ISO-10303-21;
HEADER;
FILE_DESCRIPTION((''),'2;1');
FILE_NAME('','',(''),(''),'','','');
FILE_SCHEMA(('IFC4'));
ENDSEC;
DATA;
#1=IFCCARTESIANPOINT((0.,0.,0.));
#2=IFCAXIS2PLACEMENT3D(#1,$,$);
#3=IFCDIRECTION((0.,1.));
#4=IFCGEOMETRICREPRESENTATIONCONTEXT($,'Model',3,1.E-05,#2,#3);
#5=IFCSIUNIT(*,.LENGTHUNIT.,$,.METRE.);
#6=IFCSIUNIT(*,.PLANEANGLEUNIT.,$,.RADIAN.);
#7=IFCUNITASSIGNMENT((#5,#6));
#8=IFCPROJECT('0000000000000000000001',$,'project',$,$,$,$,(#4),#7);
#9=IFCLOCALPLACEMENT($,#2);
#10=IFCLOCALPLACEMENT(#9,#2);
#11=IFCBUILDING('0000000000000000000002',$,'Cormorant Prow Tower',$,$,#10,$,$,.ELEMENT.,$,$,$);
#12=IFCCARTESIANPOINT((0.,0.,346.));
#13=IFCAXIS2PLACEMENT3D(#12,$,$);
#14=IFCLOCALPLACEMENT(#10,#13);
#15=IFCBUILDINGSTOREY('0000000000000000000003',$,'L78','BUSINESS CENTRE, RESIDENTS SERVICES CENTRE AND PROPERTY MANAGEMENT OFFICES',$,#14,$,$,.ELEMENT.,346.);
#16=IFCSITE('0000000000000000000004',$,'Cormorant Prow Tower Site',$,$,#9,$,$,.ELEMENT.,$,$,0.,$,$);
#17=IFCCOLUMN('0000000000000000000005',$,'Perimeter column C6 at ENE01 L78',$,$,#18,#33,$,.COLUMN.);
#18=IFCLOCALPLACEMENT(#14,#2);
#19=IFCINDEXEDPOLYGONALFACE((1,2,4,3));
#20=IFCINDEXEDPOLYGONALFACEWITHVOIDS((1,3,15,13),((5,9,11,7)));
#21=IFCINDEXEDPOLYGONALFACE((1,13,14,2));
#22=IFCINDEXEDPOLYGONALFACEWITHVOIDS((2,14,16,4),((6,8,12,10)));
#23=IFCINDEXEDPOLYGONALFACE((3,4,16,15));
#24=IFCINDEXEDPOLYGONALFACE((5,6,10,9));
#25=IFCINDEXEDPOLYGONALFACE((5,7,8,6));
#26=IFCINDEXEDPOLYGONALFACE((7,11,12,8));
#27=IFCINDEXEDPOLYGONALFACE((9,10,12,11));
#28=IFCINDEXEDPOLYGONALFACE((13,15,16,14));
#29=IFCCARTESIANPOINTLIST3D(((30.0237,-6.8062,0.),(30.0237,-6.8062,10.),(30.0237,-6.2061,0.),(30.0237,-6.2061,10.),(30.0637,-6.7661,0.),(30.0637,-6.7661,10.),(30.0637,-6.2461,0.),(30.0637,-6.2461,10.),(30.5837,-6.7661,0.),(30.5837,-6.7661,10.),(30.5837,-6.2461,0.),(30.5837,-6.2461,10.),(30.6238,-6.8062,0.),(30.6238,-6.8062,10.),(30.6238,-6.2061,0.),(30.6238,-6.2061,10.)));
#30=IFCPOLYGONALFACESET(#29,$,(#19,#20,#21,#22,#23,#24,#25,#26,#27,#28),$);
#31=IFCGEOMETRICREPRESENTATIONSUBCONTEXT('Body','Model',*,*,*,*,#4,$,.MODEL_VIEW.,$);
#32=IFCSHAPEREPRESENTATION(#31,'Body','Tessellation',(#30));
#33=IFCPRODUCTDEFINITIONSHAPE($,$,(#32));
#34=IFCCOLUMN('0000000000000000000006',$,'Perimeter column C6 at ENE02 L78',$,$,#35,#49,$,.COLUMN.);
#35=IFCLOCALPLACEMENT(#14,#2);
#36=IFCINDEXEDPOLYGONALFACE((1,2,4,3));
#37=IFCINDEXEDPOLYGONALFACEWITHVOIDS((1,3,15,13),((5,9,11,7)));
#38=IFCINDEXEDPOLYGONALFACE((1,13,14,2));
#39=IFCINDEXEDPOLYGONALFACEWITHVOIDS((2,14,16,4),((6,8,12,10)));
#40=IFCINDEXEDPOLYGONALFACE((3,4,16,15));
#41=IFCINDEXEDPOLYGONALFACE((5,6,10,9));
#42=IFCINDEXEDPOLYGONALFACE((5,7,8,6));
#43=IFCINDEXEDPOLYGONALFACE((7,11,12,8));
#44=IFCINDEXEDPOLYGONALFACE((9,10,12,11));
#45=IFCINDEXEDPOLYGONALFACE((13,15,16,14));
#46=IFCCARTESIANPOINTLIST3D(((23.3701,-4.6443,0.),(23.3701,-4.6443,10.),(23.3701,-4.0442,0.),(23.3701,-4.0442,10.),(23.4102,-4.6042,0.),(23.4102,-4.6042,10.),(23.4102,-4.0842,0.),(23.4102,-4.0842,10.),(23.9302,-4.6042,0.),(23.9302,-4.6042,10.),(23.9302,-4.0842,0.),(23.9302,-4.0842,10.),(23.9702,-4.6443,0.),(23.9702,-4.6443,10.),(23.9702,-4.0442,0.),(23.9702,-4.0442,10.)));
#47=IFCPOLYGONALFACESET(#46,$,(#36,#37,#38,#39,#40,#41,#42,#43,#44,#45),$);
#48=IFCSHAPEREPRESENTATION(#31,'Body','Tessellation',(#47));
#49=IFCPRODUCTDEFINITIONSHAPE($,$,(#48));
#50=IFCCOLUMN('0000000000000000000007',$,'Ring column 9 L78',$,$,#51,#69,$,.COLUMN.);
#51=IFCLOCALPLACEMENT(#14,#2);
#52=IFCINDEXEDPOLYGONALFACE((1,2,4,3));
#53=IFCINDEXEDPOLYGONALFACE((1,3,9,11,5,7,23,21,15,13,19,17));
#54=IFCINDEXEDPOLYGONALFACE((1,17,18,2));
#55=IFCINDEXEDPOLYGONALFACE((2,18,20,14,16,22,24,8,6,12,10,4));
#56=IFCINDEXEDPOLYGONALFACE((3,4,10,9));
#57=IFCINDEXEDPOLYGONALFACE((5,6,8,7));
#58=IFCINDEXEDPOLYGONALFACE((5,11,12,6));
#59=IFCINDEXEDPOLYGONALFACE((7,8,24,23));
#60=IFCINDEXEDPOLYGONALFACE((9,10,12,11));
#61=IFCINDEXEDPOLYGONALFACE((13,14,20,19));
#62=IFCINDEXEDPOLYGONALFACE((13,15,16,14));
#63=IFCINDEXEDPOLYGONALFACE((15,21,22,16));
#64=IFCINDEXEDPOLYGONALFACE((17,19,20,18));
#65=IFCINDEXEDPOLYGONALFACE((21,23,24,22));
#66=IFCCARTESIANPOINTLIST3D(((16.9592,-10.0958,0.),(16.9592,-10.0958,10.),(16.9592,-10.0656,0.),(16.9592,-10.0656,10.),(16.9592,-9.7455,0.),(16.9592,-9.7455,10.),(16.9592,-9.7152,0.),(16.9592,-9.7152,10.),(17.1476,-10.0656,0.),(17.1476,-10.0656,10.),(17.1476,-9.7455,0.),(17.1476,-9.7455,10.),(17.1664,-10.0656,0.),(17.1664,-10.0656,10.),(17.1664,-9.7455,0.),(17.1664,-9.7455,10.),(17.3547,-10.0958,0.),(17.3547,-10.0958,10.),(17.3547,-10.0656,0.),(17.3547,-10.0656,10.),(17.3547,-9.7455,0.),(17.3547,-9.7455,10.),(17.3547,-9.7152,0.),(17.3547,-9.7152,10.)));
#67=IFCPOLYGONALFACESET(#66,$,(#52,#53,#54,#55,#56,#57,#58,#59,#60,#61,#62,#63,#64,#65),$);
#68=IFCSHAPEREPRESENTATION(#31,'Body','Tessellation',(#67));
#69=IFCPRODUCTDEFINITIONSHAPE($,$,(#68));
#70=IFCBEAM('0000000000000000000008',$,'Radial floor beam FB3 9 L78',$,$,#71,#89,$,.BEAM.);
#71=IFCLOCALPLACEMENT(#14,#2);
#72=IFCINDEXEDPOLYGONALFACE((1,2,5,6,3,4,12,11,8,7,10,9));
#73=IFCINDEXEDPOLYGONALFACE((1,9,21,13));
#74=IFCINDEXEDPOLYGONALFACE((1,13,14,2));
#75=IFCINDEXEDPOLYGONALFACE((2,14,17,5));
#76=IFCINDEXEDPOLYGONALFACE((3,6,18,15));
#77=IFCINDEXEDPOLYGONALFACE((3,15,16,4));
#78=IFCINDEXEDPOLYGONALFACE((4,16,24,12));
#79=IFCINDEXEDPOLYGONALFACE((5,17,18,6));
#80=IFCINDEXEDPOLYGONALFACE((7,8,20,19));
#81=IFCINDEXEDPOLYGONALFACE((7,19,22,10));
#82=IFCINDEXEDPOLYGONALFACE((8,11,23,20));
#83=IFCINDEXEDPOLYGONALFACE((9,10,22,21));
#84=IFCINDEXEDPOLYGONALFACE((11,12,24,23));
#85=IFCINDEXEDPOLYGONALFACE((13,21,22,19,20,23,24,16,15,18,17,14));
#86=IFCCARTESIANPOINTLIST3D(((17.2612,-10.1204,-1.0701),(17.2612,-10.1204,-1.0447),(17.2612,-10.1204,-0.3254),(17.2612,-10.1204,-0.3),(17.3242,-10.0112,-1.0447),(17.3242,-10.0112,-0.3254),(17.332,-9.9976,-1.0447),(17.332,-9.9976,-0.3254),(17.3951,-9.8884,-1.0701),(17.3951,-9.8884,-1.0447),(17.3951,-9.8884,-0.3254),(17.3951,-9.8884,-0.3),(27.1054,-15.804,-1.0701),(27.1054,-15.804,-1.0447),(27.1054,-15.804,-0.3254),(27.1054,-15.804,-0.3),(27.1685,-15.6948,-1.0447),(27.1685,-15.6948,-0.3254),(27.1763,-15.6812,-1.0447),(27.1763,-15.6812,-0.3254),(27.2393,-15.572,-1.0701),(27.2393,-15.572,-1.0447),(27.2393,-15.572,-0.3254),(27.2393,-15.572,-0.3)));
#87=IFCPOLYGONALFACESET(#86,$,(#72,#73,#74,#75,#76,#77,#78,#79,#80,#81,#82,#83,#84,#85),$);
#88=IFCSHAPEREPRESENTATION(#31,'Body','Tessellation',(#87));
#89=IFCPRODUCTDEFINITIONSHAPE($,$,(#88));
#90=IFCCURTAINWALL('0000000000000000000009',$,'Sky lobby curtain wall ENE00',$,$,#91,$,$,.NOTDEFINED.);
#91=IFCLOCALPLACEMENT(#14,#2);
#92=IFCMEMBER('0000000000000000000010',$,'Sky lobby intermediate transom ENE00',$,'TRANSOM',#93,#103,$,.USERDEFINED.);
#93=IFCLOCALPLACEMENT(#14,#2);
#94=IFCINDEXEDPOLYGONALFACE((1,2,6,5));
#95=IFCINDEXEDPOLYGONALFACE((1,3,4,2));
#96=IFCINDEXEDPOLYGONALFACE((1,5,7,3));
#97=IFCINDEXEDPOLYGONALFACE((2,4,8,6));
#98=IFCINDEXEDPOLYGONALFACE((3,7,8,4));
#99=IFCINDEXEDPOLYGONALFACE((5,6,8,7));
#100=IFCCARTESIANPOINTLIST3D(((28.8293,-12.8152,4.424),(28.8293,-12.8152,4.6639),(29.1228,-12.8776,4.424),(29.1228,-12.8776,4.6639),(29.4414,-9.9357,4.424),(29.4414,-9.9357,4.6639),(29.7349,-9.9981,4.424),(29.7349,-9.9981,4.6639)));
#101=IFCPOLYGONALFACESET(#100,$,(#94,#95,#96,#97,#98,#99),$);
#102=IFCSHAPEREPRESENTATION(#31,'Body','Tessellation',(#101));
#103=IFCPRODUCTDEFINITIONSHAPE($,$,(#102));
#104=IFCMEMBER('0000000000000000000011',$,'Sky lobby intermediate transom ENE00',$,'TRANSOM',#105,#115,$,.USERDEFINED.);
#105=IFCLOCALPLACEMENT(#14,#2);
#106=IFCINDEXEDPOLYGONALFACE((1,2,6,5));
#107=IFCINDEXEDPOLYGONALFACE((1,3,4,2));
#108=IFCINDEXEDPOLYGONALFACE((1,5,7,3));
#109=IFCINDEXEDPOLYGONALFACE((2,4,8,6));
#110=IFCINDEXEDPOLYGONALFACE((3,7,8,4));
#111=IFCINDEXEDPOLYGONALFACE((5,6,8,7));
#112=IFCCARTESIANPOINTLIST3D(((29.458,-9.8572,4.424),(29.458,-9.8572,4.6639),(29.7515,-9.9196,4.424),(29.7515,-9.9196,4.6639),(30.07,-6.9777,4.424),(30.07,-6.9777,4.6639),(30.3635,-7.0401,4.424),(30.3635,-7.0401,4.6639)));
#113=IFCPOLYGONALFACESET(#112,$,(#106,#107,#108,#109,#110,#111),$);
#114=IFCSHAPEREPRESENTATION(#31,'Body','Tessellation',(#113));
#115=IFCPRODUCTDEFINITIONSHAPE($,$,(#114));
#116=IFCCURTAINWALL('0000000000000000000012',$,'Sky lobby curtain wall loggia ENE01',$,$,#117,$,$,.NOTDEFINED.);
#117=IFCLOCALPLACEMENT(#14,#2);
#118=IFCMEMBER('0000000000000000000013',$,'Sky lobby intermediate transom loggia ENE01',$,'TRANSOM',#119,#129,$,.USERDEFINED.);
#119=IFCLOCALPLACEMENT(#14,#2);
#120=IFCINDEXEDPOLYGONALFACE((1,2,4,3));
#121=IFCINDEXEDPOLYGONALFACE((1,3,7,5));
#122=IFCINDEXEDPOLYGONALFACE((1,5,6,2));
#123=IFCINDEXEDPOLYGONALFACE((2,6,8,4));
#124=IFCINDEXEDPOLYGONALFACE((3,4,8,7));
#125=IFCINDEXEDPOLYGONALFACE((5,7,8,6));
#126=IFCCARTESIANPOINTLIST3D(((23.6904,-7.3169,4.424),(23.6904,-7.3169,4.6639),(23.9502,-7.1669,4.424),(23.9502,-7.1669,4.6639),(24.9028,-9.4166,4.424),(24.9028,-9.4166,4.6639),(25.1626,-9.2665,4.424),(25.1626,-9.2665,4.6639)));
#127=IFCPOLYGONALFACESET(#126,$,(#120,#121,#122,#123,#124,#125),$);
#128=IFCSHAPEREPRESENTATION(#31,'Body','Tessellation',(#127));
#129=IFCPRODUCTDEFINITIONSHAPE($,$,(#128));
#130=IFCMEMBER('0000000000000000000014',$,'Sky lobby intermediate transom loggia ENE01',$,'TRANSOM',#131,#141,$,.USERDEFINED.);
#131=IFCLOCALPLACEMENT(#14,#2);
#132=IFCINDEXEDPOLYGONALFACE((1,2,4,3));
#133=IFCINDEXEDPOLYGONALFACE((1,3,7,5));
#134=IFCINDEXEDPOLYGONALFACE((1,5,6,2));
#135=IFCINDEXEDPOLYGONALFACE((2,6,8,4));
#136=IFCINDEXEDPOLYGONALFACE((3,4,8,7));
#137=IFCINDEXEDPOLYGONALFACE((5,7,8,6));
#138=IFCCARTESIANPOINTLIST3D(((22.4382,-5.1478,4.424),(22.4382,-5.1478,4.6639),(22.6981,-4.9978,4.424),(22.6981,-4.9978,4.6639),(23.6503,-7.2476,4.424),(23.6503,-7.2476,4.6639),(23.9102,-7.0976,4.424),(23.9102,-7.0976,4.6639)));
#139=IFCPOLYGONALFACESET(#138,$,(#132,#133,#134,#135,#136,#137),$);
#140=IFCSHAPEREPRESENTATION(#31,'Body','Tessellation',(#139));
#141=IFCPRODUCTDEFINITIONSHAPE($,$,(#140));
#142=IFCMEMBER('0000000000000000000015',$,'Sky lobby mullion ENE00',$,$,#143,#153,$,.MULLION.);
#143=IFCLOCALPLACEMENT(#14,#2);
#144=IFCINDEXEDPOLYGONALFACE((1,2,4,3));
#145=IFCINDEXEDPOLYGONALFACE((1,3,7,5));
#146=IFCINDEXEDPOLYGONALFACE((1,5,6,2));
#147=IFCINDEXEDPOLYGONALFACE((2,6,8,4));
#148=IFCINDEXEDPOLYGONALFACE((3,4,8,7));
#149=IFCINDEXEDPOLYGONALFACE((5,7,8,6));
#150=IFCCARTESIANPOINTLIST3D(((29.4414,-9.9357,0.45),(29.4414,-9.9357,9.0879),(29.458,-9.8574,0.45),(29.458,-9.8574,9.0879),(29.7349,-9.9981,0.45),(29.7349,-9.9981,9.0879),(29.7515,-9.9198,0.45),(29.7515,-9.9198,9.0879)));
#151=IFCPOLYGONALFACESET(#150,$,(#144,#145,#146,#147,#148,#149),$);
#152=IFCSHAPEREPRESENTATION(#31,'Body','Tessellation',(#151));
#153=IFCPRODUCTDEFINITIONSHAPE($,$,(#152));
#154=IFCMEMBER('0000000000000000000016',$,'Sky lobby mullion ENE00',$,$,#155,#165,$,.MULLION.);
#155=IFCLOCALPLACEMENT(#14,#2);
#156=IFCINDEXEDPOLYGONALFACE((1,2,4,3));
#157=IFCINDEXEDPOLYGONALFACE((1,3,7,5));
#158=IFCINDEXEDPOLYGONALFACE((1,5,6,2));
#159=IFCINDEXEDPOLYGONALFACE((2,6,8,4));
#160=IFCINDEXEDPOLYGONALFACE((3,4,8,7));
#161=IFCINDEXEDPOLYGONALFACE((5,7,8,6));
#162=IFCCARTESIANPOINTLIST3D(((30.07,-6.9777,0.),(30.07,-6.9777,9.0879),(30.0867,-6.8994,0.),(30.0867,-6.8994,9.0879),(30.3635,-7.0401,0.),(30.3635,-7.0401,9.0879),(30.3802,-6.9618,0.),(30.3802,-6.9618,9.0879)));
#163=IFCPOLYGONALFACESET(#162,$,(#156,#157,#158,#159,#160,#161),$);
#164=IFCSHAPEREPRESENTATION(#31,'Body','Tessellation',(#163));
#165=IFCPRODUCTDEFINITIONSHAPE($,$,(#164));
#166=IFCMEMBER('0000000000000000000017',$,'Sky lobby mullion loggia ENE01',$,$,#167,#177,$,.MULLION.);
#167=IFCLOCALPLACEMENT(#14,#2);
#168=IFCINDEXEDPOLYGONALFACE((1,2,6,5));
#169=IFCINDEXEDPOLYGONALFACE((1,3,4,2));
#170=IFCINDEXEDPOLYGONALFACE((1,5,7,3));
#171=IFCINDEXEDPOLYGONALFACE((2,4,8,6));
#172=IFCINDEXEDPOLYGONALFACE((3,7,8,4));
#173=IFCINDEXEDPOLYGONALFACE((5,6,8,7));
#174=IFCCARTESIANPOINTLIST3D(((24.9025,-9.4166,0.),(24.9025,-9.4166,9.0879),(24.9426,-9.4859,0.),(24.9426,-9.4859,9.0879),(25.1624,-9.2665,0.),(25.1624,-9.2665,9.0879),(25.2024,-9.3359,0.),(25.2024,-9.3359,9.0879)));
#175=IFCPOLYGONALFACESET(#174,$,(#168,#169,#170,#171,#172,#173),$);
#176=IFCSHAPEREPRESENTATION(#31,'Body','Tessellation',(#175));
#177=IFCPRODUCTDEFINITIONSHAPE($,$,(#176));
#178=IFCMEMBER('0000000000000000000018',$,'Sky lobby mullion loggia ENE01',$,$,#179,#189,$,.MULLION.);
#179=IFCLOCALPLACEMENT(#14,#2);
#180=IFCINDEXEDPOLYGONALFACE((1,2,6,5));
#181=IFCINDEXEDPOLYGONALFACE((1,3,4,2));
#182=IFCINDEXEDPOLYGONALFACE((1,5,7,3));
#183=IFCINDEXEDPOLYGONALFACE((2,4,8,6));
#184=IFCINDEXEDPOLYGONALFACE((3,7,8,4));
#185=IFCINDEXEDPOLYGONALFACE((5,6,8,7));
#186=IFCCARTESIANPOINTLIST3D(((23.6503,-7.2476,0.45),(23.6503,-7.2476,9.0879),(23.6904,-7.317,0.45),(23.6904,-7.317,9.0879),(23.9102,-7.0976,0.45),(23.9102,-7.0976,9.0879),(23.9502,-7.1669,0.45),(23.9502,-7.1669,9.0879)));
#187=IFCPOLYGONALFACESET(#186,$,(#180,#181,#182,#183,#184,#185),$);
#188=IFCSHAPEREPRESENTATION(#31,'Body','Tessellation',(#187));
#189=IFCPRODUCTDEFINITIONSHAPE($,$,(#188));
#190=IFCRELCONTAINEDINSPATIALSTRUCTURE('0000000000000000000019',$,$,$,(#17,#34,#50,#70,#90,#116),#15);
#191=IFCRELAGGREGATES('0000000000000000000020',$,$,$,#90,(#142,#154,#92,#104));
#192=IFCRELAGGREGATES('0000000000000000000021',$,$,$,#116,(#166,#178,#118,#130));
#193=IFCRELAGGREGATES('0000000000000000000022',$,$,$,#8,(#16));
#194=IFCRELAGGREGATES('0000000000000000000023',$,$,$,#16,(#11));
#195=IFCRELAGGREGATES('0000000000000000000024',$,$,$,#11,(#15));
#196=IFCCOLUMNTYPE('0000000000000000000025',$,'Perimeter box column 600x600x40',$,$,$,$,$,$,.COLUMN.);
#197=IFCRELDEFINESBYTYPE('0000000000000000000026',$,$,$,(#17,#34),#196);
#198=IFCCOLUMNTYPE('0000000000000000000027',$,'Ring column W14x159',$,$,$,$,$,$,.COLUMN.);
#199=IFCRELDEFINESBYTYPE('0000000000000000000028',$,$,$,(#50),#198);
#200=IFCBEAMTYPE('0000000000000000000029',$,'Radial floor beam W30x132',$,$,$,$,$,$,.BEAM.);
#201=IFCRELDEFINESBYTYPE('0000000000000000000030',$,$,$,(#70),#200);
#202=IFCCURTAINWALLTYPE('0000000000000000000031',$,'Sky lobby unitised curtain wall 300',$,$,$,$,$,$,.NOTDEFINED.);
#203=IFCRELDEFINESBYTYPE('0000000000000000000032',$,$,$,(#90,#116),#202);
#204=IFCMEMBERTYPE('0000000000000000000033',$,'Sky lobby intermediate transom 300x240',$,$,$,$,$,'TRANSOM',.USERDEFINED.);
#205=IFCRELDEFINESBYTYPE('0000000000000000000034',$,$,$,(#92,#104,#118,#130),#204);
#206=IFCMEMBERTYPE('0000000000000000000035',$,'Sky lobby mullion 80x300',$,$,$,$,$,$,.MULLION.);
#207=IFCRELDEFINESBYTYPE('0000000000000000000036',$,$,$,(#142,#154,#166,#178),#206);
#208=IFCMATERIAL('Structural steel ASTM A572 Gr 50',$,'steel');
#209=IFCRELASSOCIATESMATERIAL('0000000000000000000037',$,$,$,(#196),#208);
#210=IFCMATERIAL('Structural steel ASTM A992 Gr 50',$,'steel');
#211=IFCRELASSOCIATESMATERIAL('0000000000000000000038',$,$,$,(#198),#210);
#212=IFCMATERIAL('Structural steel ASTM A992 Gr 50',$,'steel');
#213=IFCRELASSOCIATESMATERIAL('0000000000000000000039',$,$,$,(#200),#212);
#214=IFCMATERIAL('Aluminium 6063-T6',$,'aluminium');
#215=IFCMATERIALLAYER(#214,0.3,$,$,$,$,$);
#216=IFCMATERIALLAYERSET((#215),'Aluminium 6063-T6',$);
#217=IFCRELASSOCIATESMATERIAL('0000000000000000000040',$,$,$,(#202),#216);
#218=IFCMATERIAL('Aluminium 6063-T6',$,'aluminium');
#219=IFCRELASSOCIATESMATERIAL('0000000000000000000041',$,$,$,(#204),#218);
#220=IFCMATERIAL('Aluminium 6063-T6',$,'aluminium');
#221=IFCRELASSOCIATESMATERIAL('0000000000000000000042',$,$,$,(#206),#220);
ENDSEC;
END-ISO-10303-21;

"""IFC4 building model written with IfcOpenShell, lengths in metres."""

from ifc_helpers import new_model, si_unit, direction, frame, origin, origin_2d, place, context, subcontext, project, spatial, rectangle, hollow_rectangle, i_section, extrude, material, layer, layer_set, material_profile, profile_set, type_object, element, aggregate, save


model = new_model("IFC4")

# Units and contexts
model_context = context("Model", 3, precision=1e-05, world=origin(), true_north=direction((0.0, 1.0)))
body_context = subcontext(model_context, "Body", "Model", "MODEL_VIEW")
ifc_project = project(units=[si_unit("LENGTHUNIT", "METRE"), si_unit("PLANEANGLEUNIT", "RADIAN")], contexts=[model_context])

# Site, building, storey
site_placement = place(None, origin())
site = spatial("IfcSite", under=ifc_project, at=site_placement, Name="Cormorant Prow Tower Site", CompositionType="ELEMENT", RefElevation=0.0)
building_placement = place(site_placement, origin())
building = spatial("IfcBuilding", under=site, at=building_placement, Name="Cormorant Prow Tower", CompositionType="ELEMENT")
storey_placement = place(building_placement, frame((0.0, 0.0, 346.0)))
storey = spatial("IfcBuildingStorey", under=building, at=storey_placement, Name="L78", Description="BUSINESS CENTRE, RESIDENTS SERVICES CENTRE AND PROPERTY MANAGEMENT OFFICES", CompositionType="ELEMENT", Elevation=346.0)

# Columns
ifc_material_1 = material(Name="Structural steel ASTM A572 Gr 50", Category="steel")
ifc_material_profile_1 = material_profile(ifc_material_1, hollow_rectangle(XDim=0.6001, YDim=0.6001, WallThickness=0.04, at=origin_2d()), Name="Box 600x600x40")
ifc_profile_set_1 = profile_set([ifc_material_profile_1], Name="Structural steel ASTM A572 Gr 50")
column_type_1 = type_object("IfcColumnType", Name="Perimeter box column 600x600x40", PredefinedType="COLUMN", material=ifc_profile_set_1)
for number, where, z_axis, x_axis, name in (
    (1, (30.3237, -6.5061, 0.0), (0.0, 0.0, 1.0), (1.0, 0.0, 0.0), "Perimeter column C6 at ENE01 L78"),
    (2, (23.6702, -4.3442, 0.0), (0.0, 0.0, 1.0), (1.0, 0.0, 0.0), "Perimeter column C6 at ENE02 L78"),
):
    element("IfcColumn", number, at=place(storey_placement, frame(where, z_axis=z_axis, x_axis=x_axis)), inside=storey, type_object=column_type_1, Name=name, PredefinedType="COLUMN", context=body_context, shape_type="SweptSolid", body=[
        extrude(hollow_rectangle(XDim=0.6001, YDim=0.6001, WallThickness=0.04, at=origin_2d()), origin(), (0.0, 0.0, 1.0), 10.0),
    ])
ifc_material_2 = material(Name="Structural steel ASTM A992 Gr 50", Category="steel")
ifc_material_profile_2 = material_profile(ifc_material_2, i_section(OverallWidth=0.3955, OverallDepth=0.3806, WebThickness=0.0188, FlangeThickness=0.0303, at=origin_2d()), Name="W14x159")
ifc_profile_set_2 = profile_set([ifc_material_profile_2], Name="Structural steel ASTM A992 Gr 50")
column_type_2 = type_object("IfcColumnType", Name="Ring column W14x159", PredefinedType="COLUMN", material=ifc_profile_set_2)
column_placement = place(storey_placement, frame((17.157, -9.9055, 0.0), z_axis=(0.0, 0.0, 1.0), x_axis=(1.0, 0.0, 0.0)))
element("IfcColumn", 3, at=column_placement, inside=storey, type_object=column_type_2, Name="Ring column 9 L78", PredefinedType="COLUMN", context=body_context, shape_type="SweptSolid", body=[
    extrude(i_section(OverallWidth=0.3955, OverallDepth=0.3806, WebThickness=0.0188, FlangeThickness=0.0303, at=origin_2d()), origin(), (0.0, 0.0, 1.0), 10.0),
])

# Beam
ifc_material_3 = material(Name="Structural steel ASTM A992 Gr 50", Category="steel")
ifc_material_profile_3 = material_profile(ifc_material_3, i_section(OverallWidth=0.2678, OverallDepth=0.77, WebThickness=0.0156, FlangeThickness=0.0254, at=origin_2d()), Name="W30x132")
ifc_profile_set_3 = profile_set([ifc_material_profile_3], Name="Structural steel ASTM A992 Gr 50")
beam_type_1 = type_object("IfcBeamType", Name="Radial floor beam W30x132", PredefinedType="BEAM", material=ifc_profile_set_3)
beam_1_placement = place(storey_placement, frame((17.3281, -10.0044, -0.6851), z_axis=(0.866025, -0.500001, 0.0), x_axis=(0.500001, 0.866025, 0.0)))
element("IfcBeam", 4, at=beam_1_placement, inside=storey, type_object=beam_type_1, Name="Radial floor beam FB3 9 L78", PredefinedType="BEAM", context=body_context, shape_type="SweptSolid", body=[
    extrude(i_section(OverallWidth=0.2678, OverallDepth=0.77, WebThickness=0.0156, FlangeThickness=0.0254, at=origin_2d()), origin(), (0.0, 0.0, 1.0), 11.3672),
])

# Curtain walls, members
ifc_material_4 = material(Name="Aluminium 6063-T6", Category="aluminium")
ifc_layer_1 = layer(ifc_material_4, 0.3)
ifc_layer_set_1 = layer_set([ifc_layer_1], Name="Aluminium 6063-T6")
curtain_wall_type = type_object("IfcCurtainWallType", Name="Sky lobby unitised curtain wall 300", PredefinedType="NOTDEFINED", material=ifc_layer_set_1)
curtain_wall_1_placement = place(storey_placement, origin())
curtain_wall_1 = element("IfcCurtainWall", 5, at=curtain_wall_1_placement, inside=storey, type_object=curtain_wall_type, Name="Sky lobby curtain wall ENE00", PredefinedType="NOTDEFINED")
ifc_material_5 = material(Name="Aluminium 6063-T6", Category="aluminium")
ifc_material_profile_4 = material_profile(ifc_material_5, rectangle(XDim=0.3, YDim=0.24, at=origin_2d()), Name="Sky lobby intermediate transom 300x240")
ifc_profile_set_4 = profile_set([ifc_material_profile_4], Name="Aluminium 6063-T6")
member_type_1 = type_object("IfcMemberType", Name="Sky lobby intermediate transom 300x240", ElementType="TRANSOM", PredefinedType="USERDEFINED", material=ifc_profile_set_4)
member_1_placement = place(storey_placement, frame((28.9761, -12.8464, 4.5439), z_axis=(0.207903, 0.978149, 0.0), x_axis=(-0.978149, 0.207903, 0.0)))
member_1 = element("IfcMember", 6, at=member_1_placement, type_object=member_type_1, Name="Sky lobby intermediate transom ENE00", ObjectType="TRANSOM", PredefinedType="USERDEFINED", context=body_context, shape_type="SweptSolid", body=[
    extrude(rectangle(XDim=0.3, YDim=0.24, at=origin_2d()), origin(), (0.0, 0.0, 1.0), 2.9438),
])
member_2_placement = place(storey_placement, frame((29.6047, -9.8884, 4.5439), z_axis=(0.207903, 0.978149, 0.0), x_axis=(-0.978149, 0.207903, 0.0)))
member_2 = element("IfcMember", 7, at=member_2_placement, type_object=member_type_1, Name="Sky lobby intermediate transom ENE00", ObjectType="TRANSOM", PredefinedType="USERDEFINED", context=body_context, shape_type="SweptSolid", body=[
    extrude(rectangle(XDim=0.3, YDim=0.24, at=origin_2d()), origin(), (0.0, 0.0, 1.0), 2.9438),
])
curtain_wall_2_placement = place(storey_placement, origin())
curtain_wall_2 = element("IfcCurtainWall", 8, at=curtain_wall_2_placement, inside=storey, type_object=curtain_wall_type, Name="Sky lobby curtain wall loggia ENE01", PredefinedType="NOTDEFINED")
member_3_placement = place(storey_placement, frame((25.0327, -9.3416, 4.5439), z_axis=(-0.500059, 0.865991, 0.0), x_axis=(-0.865991, -0.500059, 0.0)))
member_3 = element("IfcMember", 9, at=member_3_placement, type_object=member_type_1, Name="Sky lobby intermediate transom loggia ENE01", ObjectType="TRANSOM", PredefinedType="USERDEFINED", context=body_context, shape_type="SweptSolid", body=[
    extrude(rectangle(XDim=0.3, YDim=0.24, at=origin_2d()), origin(), (0.0, 0.0, 1.0), 2.4246),
])
member_4_placement = place(storey_placement, frame((23.7803, -7.1726, 4.5439), z_axis=(-0.49994, 0.86606, 0.0), x_axis=(-0.86606, -0.49994, 0.0)))
member_4 = element("IfcMember", 10, at=member_4_placement, type_object=member_type_1, Name="Sky lobby intermediate transom loggia ENE01", ObjectType="TRANSOM", PredefinedType="USERDEFINED", context=body_context, shape_type="SweptSolid", body=[
    extrude(rectangle(XDim=0.3, YDim=0.24, at=origin_2d()), origin(), (0.0, 0.0, 1.0), 2.4246),
])

# Members
ifc_material_6 = material(Name="Aluminium 6063-T6", Category="aluminium")
ifc_material_profile_5 = material_profile(ifc_material_6, rectangle(XDim=0.3, YDim=0.0801, at=origin_2d()), Name="Sky lobby mullion 80x300")
ifc_profile_set_5 = profile_set([ifc_material_profile_5], Name="Aluminium 6063-T6")
member_type_2 = type_object("IfcMemberType", Name="Sky lobby mullion 80x300", PredefinedType="MULLION", material=ifc_profile_set_5)
member_5_placement = place(storey_placement, frame((29.5964, -9.9277, 0.45), z_axis=(0.0, 0.0, 1.0), x_axis=(-0.978148, 0.207912, 0.0)))
member_5 = element("IfcMember", 11, at=member_5_placement, type_object=member_type_2, Name="Sky lobby mullion ENE00", PredefinedType="MULLION", context=body_context, shape_type="SweptSolid", body=[
    extrude(rectangle(XDim=0.3, YDim=0.0801, at=origin_2d()), origin(), (0.0, 0.0, 1.0), 8.6379),
])
member_6_placement = place(storey_placement, frame((30.2251, -6.9697, 0.0), z_axis=(0.0, 0.0, 1.0), x_axis=(-0.978148, 0.207912, 0.0)))
member_6 = element("IfcMember", 12, at=member_6_placement, type_object=member_type_2, Name="Sky lobby mullion ENE00", PredefinedType="MULLION", context=body_context, shape_type="SweptSolid", body=[
    extrude(rectangle(XDim=0.3, YDim=0.0801, at=origin_2d()), origin(), (0.0, 0.0, 1.0), 9.0879),
])
member_7_placement = place(storey_placement, frame((25.0525, -9.3762, 0.0), z_axis=(0.0, 0.0, 1.0), x_axis=(-0.866025, -0.5, 0.0)))
member_7 = element("IfcMember", 13, at=member_7_placement, type_object=member_type_2, Name="Sky lobby mullion loggia ENE01", PredefinedType="MULLION", context=body_context, shape_type="SweptSolid", body=[
    extrude(rectangle(XDim=0.3, YDim=0.0801, at=origin_2d()), origin(), (0.0, 0.0, 1.0), 9.0879),
])
member_8_placement = place(storey_placement, frame((23.8003, -7.2073, 0.45), z_axis=(0.0, 0.0, 1.0), x_axis=(-0.866025, -0.5, 0.0)))
member_8 = element("IfcMember", 14, at=member_8_placement, type_object=member_type_2, Name="Sky lobby mullion loggia ENE01", PredefinedType="MULLION", context=body_context, shape_type="SweptSolid", body=[
    extrude(rectangle(XDim=0.3, YDim=0.0801, at=origin_2d()), origin(), (0.0, 0.0, 1.0), 8.6379),
])

aggregate(curtain_wall_1, [member_5, member_6, member_1, member_2])
aggregate(curtain_wall_2, [member_7, member_8, member_3, member_4])

save(model, "model.ifc")
